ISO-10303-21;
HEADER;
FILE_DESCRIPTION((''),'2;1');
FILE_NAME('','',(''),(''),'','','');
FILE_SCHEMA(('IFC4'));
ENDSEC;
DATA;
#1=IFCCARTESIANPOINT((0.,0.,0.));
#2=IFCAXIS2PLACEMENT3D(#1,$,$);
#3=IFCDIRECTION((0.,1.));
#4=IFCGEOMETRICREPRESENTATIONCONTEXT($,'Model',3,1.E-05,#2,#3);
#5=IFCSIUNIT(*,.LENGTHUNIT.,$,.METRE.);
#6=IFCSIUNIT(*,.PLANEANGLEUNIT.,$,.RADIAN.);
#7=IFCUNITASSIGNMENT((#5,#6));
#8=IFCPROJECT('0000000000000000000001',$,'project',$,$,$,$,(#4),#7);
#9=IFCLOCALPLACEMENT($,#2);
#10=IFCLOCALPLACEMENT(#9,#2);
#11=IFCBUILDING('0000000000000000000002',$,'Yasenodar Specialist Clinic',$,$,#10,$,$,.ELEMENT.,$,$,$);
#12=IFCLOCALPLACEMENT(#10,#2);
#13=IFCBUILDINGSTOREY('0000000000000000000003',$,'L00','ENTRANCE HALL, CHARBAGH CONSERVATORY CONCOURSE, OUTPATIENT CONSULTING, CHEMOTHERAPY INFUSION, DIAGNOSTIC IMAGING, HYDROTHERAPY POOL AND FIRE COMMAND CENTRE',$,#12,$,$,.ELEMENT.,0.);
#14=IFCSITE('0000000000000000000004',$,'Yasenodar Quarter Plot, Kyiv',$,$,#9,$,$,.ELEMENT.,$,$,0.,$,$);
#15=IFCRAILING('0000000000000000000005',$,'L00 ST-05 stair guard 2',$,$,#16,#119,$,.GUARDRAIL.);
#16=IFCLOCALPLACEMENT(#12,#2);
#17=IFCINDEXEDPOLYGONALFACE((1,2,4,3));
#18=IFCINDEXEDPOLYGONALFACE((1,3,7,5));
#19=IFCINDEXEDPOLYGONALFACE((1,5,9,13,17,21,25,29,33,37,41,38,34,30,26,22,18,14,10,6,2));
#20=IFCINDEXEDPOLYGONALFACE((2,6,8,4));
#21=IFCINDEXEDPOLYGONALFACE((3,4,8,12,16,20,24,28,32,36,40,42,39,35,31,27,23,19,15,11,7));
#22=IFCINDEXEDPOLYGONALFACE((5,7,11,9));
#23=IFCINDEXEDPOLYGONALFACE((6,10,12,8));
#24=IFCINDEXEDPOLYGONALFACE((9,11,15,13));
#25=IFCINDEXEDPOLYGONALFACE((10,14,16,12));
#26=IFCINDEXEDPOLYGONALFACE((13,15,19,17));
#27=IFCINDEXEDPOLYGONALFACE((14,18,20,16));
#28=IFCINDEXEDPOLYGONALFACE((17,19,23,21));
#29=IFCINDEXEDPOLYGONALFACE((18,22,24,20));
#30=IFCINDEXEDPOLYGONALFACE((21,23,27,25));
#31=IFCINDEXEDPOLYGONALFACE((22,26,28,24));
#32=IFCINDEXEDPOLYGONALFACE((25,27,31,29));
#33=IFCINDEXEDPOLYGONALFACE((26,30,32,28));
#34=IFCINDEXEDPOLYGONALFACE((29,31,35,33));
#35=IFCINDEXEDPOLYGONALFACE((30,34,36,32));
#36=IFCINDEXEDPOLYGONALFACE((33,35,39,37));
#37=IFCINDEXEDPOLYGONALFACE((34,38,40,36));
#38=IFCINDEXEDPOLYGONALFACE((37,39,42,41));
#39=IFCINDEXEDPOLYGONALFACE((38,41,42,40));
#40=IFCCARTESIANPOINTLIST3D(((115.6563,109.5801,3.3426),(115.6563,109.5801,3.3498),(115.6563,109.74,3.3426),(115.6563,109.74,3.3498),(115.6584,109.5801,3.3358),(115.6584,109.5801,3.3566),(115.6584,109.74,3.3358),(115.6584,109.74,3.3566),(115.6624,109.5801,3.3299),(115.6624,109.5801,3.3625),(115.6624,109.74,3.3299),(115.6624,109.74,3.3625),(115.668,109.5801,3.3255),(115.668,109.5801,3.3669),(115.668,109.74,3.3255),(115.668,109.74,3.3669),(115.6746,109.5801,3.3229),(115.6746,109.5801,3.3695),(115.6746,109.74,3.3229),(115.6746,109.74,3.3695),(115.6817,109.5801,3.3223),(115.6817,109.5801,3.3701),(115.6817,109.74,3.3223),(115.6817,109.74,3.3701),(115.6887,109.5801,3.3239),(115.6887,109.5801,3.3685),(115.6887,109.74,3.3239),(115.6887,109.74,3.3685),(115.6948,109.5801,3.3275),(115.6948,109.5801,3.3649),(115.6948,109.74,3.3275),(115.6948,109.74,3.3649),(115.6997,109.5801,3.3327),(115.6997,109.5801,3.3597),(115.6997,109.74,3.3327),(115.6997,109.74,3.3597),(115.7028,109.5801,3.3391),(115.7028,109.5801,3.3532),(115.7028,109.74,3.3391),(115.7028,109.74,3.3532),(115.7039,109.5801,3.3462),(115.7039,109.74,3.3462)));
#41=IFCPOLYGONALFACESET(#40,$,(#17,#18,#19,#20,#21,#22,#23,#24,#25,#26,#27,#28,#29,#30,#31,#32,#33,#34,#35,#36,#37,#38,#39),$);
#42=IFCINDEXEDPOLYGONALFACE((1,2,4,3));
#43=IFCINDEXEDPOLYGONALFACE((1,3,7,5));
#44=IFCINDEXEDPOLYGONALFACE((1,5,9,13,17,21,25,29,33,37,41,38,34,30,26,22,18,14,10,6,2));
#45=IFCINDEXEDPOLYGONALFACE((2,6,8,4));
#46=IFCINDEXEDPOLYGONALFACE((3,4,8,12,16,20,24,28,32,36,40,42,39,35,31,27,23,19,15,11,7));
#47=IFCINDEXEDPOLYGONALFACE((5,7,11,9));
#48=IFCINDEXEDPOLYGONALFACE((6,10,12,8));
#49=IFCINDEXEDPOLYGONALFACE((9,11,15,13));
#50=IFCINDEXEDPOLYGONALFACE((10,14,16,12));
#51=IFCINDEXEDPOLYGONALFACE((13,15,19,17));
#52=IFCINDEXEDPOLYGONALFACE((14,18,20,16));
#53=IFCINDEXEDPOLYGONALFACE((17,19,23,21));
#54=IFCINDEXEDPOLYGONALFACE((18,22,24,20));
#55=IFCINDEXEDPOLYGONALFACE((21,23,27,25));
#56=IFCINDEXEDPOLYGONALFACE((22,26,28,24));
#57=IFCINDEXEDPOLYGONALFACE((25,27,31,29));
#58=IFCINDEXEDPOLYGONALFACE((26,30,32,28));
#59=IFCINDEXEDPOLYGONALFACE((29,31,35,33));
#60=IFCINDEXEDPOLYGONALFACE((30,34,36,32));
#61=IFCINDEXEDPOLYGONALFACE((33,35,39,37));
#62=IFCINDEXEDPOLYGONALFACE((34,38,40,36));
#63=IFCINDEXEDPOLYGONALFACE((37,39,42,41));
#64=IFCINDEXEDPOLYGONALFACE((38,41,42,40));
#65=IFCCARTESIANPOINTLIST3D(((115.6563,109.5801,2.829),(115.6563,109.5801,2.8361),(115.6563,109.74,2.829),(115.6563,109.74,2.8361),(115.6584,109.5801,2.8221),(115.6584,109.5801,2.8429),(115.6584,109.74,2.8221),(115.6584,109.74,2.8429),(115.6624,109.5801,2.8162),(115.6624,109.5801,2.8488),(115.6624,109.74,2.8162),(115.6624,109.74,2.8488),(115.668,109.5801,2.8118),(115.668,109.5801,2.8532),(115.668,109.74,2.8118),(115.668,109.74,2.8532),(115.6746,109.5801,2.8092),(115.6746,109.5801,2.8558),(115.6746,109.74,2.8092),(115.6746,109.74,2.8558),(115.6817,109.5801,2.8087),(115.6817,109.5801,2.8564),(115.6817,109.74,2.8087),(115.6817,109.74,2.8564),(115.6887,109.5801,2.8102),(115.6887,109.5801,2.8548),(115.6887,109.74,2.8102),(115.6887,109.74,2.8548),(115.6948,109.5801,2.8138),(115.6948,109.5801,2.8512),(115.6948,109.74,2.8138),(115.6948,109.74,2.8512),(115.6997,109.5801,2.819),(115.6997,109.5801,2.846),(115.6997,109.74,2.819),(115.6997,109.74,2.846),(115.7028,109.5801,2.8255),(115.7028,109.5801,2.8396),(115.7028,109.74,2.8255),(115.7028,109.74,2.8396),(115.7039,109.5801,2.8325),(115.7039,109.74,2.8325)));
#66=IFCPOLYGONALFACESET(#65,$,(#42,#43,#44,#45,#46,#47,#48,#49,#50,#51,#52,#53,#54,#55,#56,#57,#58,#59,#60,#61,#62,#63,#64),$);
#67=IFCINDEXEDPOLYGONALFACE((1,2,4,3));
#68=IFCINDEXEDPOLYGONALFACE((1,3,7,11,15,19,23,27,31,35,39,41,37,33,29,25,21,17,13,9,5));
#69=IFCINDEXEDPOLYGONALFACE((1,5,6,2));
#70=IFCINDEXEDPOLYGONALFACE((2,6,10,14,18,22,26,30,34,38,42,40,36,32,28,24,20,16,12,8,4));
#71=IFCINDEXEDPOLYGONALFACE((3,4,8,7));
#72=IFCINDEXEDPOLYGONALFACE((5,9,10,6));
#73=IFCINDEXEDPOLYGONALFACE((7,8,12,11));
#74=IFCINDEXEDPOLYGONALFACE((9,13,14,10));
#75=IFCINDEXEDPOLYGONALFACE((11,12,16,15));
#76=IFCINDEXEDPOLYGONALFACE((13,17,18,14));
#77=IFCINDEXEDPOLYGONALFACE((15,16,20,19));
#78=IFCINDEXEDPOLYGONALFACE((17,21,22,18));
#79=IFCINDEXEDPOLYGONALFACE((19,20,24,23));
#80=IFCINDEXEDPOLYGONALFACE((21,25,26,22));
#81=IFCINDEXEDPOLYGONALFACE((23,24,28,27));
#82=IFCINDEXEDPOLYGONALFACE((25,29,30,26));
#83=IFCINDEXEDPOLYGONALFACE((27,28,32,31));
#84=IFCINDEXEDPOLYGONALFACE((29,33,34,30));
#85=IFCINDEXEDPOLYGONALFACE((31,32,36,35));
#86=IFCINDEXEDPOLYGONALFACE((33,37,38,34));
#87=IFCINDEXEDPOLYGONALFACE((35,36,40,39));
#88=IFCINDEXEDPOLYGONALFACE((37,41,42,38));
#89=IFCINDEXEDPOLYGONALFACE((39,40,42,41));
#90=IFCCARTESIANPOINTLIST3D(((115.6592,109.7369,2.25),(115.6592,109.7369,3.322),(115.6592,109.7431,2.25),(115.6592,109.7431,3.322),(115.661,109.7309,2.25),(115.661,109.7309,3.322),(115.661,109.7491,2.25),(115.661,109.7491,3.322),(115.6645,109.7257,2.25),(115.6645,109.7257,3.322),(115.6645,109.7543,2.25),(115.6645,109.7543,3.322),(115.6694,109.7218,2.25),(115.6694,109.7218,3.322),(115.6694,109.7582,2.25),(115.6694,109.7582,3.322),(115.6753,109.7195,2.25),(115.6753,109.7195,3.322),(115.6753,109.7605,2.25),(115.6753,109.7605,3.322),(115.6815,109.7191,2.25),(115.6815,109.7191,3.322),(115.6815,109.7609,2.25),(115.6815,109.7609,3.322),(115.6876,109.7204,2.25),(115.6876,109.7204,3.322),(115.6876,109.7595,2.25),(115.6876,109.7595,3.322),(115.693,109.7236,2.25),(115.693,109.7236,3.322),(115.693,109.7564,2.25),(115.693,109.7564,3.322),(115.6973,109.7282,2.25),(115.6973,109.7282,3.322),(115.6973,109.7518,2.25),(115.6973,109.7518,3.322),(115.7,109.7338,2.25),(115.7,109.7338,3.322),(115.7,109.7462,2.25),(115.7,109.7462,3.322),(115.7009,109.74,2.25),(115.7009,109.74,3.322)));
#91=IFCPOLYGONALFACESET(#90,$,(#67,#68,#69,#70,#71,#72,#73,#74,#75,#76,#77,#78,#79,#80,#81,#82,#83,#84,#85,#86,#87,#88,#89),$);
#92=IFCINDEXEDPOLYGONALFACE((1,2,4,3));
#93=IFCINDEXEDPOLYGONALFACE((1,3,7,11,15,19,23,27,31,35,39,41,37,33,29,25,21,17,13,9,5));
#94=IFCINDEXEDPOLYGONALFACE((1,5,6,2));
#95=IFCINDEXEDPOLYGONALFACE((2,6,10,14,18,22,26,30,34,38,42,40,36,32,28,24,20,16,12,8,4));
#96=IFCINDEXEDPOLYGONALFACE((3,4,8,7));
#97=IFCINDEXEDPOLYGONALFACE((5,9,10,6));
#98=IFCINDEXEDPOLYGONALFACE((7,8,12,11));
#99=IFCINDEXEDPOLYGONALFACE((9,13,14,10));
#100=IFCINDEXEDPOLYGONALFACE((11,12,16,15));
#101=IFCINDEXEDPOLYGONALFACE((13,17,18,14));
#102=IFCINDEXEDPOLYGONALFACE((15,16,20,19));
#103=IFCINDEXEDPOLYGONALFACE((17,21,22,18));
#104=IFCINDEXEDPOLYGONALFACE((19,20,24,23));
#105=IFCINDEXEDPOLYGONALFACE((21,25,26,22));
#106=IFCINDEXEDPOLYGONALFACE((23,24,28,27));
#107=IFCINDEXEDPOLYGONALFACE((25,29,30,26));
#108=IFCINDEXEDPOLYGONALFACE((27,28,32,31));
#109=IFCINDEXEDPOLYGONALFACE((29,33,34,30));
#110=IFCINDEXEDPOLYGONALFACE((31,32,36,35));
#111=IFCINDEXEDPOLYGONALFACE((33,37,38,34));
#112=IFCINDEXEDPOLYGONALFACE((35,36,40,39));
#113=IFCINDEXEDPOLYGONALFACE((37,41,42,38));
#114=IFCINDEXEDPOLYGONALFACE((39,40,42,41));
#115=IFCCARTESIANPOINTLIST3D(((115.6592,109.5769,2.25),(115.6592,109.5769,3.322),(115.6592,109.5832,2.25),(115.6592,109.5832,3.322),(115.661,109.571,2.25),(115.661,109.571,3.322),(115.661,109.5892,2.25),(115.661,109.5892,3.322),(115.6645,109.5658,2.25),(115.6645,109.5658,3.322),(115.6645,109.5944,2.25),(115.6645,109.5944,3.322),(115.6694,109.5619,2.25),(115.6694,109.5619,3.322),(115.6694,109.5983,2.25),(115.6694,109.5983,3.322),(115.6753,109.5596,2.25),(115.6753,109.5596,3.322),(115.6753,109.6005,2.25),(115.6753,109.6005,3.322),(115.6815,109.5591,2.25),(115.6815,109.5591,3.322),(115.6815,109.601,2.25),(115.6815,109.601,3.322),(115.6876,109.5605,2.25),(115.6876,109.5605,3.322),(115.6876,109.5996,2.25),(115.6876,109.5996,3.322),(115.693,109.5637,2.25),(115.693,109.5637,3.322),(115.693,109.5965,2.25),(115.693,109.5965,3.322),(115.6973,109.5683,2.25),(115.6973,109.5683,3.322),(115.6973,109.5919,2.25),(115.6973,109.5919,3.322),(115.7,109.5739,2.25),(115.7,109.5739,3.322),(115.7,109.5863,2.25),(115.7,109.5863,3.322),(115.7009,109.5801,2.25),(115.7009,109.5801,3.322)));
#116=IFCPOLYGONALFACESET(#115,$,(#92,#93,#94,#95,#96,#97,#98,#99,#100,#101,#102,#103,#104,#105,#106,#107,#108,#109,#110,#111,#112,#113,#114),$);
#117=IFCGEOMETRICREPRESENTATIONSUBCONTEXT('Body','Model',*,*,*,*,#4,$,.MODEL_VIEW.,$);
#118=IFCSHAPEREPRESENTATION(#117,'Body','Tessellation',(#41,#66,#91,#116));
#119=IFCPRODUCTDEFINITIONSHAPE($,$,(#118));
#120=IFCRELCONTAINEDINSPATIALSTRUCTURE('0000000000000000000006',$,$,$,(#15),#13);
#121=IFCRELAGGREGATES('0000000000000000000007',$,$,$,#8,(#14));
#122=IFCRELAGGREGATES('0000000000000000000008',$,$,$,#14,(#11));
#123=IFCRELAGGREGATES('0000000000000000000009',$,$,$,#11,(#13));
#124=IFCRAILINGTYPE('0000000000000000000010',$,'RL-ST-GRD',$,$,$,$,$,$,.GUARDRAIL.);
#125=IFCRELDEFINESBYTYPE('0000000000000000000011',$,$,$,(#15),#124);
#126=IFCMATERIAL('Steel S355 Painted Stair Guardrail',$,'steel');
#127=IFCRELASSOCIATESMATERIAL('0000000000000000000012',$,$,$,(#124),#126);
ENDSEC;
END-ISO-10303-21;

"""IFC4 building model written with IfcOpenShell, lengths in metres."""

from ifc_helpers import new_model, si_unit, direction, frame, origin, origin_2d, place, context, subcontext, project, spatial, circle, extrude, material, type_object, element, save


model = new_model("IFC4")

# Units and contexts
model_context = context("Model", 3, precision=1e-05, world=origin(), true_north=direction((0.0, 1.0)))
body_context = subcontext(model_context, "Body", "Model", "MODEL_VIEW")
ifc_project = project(units=[si_unit("LENGTHUNIT", "METRE"), si_unit("PLANEANGLEUNIT", "RADIAN")], contexts=[model_context])

# Site, building, storey
site_placement = place(None, origin())
site = spatial("IfcSite", under=ifc_project, at=site_placement, Name="Yasenodar Quarter Plot, Kyiv", CompositionType="ELEMENT", RefElevation=0.0)
building_placement = place(site_placement, origin())
building = spatial("IfcBuilding", under=site, at=building_placement, Name="Yasenodar Specialist Clinic", CompositionType="ELEMENT")
storey_placement = place(building_placement, origin())
storey = spatial("IfcBuildingStorey", under=building, at=storey_placement, Name="L00", Description="ENTRANCE HALL, CHARBAGH CONSERVATORY CONCOURSE, OUTPATIENT CONSULTING, CHEMOTHERAPY INFUSION, DIAGNOSTIC IMAGING, HYDROTHERAPY POOL AND FIRE COMMAND CENTRE", CompositionType="ELEMENT", Elevation=0.0)

# Railing
ifc_material_1 = material(Name="Steel S355 Painted Stair Guardrail", Category="steel")
railing_type_1 = type_object("IfcRailingType", Name="RL-ST-GRD", PredefinedType="GUARDRAIL", material=ifc_material_1)
railing_1_placement = place(storey_placement, frame((115.6799, 109.74, 2.25)))
element("IfcRailing", 1, at=railing_1_placement, inside=storey, type_object=railing_type_1, Name="L00 ST-05 stair guard 2", PredefinedType="GUARDRAIL", context=body_context, shape_type="SweptSolid", body=[
    extrude(circle(Radius=0.0239, at=origin_2d()), frame((0.0, 0.0, 1.0962), z_axis=(0.0, -1.0, 0.0), x_axis=(1.0, 0.0, 0.0)), (0.0, 0.0, 1.0), 0.1599),
    extrude(circle(Radius=0.0239, at=origin_2d()), frame((0.0, 0.0, 0.5825), z_axis=(0.0, -1.0, 0.0), x_axis=(1.0, 0.0, 0.0)), (0.0, 0.0, 1.0), 0.1599),
    extrude(circle(Radius=0.021, at=origin_2d()), origin(), (0.0, 0.0, 1.0), 1.072),
    extrude(circle(Radius=0.021, at=origin_2d()), frame((0.0, -0.1599, 0.0)), (0.0, 0.0, 1.0), 1.072),
])

save(model, "model.ifc")
